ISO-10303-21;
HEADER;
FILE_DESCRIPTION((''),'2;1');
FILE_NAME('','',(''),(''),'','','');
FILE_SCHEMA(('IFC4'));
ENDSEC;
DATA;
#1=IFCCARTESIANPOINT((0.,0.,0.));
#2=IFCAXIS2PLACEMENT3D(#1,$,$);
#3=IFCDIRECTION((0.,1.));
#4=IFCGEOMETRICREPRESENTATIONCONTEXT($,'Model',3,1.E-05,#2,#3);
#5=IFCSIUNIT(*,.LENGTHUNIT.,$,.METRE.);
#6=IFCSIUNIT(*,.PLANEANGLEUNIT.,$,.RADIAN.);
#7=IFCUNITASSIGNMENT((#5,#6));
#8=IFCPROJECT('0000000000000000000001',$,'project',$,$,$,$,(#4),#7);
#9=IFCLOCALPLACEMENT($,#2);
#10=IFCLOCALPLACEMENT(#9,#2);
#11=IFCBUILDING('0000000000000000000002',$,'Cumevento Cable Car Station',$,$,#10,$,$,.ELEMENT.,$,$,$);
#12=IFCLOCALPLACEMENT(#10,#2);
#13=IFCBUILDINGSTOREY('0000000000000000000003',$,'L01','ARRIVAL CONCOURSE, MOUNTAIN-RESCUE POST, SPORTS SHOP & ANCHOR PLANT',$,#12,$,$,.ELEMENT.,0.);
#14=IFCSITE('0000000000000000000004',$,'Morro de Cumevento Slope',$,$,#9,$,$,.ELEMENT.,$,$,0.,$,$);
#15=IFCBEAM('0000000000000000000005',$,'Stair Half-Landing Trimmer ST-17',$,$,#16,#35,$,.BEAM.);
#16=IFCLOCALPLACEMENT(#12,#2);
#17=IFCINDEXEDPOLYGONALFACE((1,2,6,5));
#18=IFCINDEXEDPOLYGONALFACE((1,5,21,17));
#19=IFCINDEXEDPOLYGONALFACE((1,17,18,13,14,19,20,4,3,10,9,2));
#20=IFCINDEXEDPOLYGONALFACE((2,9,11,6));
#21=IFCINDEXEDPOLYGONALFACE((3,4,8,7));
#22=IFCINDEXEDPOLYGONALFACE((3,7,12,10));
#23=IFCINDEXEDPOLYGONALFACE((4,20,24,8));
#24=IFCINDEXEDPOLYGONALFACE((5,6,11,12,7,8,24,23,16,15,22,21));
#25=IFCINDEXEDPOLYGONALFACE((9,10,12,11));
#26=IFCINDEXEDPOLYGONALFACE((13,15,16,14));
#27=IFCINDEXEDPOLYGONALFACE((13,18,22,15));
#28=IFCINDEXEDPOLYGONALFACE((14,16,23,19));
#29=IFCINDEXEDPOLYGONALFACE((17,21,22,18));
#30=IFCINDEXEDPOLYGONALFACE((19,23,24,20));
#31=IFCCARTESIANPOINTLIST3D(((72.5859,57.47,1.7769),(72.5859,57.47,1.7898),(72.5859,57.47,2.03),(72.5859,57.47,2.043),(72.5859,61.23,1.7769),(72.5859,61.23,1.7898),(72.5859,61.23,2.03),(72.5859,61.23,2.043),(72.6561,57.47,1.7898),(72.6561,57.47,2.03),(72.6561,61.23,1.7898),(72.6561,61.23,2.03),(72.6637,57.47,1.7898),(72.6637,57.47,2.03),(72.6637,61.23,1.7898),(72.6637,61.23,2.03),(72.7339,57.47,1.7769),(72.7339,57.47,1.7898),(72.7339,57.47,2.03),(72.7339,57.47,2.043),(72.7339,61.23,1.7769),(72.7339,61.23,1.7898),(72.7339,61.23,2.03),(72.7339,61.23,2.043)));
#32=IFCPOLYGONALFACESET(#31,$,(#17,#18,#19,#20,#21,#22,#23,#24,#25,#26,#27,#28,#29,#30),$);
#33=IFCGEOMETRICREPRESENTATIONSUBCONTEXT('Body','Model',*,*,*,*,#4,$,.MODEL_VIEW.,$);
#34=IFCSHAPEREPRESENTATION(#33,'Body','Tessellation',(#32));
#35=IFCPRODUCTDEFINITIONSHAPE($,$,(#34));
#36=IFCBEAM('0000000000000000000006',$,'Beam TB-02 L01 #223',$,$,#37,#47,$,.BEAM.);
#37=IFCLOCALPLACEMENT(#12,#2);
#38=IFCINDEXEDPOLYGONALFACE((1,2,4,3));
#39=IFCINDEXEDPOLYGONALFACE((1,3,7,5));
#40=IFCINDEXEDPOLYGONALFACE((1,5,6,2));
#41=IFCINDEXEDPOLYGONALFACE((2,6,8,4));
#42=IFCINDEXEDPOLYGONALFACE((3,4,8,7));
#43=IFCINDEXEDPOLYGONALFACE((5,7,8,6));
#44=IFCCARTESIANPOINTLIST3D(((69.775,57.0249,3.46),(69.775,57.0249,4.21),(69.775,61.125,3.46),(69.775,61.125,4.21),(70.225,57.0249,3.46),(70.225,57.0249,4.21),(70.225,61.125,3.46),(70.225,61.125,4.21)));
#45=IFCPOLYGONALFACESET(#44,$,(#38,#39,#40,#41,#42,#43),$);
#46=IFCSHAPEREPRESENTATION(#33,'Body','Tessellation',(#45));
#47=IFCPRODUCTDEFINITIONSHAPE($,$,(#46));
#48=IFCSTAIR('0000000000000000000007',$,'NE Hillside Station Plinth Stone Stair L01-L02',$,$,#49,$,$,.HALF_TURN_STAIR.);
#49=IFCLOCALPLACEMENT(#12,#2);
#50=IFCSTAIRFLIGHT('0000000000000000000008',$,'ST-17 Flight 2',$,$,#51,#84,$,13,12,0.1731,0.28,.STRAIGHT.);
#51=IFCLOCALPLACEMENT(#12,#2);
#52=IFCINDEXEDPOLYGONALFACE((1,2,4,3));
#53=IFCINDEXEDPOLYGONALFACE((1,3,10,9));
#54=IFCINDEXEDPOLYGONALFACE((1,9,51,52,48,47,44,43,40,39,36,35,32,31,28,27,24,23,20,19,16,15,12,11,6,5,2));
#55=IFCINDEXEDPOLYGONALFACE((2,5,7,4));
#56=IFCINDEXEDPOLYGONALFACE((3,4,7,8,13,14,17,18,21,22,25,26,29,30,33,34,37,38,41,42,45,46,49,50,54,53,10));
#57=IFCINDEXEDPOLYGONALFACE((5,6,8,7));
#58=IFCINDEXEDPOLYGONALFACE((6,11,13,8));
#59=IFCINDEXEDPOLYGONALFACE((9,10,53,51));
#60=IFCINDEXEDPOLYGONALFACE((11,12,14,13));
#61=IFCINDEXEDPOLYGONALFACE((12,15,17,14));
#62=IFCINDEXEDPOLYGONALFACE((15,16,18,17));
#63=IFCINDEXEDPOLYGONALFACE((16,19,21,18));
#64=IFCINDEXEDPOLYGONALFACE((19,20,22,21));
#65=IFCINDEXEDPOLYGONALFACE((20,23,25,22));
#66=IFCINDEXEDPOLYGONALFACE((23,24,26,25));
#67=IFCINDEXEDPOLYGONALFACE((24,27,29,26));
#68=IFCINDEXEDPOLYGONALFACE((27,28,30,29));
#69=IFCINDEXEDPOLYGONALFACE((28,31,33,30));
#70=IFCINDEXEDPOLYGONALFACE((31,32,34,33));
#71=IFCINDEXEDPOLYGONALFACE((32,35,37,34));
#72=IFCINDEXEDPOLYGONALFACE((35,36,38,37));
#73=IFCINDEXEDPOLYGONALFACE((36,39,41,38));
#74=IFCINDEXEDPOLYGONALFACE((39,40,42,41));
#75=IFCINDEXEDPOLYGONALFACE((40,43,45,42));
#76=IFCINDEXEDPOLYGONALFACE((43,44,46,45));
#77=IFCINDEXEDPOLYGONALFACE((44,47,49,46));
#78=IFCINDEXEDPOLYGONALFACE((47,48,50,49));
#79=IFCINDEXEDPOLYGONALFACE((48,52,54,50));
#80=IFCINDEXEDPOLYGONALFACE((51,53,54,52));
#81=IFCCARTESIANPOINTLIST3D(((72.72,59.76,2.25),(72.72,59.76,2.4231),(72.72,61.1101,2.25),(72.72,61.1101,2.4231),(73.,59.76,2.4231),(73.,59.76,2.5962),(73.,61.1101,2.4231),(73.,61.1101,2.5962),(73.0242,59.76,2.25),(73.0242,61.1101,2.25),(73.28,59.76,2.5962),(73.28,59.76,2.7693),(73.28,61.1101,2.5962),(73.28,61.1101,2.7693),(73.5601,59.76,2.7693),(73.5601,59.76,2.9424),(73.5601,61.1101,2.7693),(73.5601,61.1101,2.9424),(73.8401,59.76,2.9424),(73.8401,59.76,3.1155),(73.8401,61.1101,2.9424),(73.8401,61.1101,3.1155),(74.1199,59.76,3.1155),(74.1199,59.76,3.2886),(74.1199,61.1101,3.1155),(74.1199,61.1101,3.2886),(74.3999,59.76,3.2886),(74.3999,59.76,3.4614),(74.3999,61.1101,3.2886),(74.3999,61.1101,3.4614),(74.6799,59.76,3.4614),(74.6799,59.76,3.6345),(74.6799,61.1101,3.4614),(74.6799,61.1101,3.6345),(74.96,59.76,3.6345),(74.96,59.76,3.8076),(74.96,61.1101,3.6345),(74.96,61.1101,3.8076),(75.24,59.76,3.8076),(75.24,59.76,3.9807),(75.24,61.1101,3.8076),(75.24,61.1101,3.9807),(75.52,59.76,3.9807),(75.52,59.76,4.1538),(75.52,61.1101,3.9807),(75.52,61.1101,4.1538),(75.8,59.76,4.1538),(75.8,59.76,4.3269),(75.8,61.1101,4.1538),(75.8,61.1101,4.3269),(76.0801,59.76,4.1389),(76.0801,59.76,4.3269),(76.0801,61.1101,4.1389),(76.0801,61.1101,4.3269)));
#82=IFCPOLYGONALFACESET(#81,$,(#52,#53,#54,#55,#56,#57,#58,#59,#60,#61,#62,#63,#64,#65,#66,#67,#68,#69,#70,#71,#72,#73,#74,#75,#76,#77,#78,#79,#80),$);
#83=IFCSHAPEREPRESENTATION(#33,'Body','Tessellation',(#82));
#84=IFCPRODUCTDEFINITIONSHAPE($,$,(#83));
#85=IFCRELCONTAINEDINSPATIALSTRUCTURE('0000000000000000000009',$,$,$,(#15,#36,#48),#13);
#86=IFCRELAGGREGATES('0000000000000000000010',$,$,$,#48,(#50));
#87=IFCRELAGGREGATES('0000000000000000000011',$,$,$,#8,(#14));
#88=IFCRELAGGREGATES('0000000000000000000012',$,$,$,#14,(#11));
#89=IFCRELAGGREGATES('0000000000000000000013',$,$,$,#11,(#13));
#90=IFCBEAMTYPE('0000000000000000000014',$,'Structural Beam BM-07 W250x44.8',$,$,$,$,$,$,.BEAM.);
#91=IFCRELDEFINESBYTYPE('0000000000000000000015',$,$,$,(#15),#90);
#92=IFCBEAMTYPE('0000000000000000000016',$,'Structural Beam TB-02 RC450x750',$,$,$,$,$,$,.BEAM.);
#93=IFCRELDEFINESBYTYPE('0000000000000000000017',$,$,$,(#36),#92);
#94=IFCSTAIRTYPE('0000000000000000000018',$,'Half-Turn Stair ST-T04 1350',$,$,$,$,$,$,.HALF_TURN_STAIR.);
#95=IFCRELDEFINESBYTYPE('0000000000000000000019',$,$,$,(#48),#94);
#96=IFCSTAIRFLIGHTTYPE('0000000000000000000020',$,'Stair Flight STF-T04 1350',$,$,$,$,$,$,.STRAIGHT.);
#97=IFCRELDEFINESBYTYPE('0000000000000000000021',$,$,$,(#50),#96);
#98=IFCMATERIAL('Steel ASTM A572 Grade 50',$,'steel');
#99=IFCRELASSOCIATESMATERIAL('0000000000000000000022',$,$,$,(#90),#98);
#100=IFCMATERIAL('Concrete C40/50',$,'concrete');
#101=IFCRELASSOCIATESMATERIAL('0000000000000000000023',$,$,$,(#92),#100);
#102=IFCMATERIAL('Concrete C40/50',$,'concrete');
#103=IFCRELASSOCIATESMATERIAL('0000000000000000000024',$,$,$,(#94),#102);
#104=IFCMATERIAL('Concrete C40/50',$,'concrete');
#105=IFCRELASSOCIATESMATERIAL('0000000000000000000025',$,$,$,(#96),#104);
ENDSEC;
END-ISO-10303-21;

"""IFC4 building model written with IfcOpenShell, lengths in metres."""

from ifc_helpers import new_model, si_unit, direction, frame, origin, origin_2d, place, context, subcontext, project, spatial, polyline, rectangle, i_section, outline, extrude, material, material_profile, profile_set, type_object, element, aggregate, save


model = new_model("IFC4")

# Units and contexts
model_context = context("Model", 3, precision=1e-05, world=origin(), true_north=direction((0.0, 1.0)))
body_context = subcontext(model_context, "Body", "Model", "MODEL_VIEW")
ifc_project = project(units=[si_unit("LENGTHUNIT", "METRE"), si_unit("PLANEANGLEUNIT", "RADIAN")], contexts=[model_context])

# Site, building, storey
site_placement = place(None, origin())
site = spatial("IfcSite", under=ifc_project, at=site_placement, Name="Morro de Cumevento Slope", CompositionType="ELEMENT", RefElevation=0.0)
building_placement = place(site_placement, origin())
building = spatial("IfcBuilding", under=site, at=building_placement, Name="Cumevento Cable Car Station", CompositionType="ELEMENT")
storey_placement = place(building_placement, origin())
storey = spatial("IfcBuildingStorey", under=building, at=storey_placement, Name="L01", Description="ARRIVAL CONCOURSE, MOUNTAIN-RESCUE POST, SPORTS SHOP & ANCHOR PLANT", CompositionType="ELEMENT", Elevation=0.0)

# Beams
ifc_material_1 = material(Name="Steel ASTM A572 Grade 50", Category="steel")
ifc_material_profile_1 = material_profile(ifc_material_1, i_section(OverallWidth=0.1479, OverallDepth=0.2661, WebThickness=0.0076, FlangeThickness=0.0129, at=origin_2d()), Name="W250x44.8")
ifc_profile_set_1 = profile_set([ifc_material_profile_1], Name="Steel ASTM A572 Grade 50")
beam_type_1 = type_object("IfcBeamType", Name="Structural Beam BM-07 W250x44.8", PredefinedType="BEAM", material=ifc_profile_set_1)
beam_1_placement = place(storey_placement, frame((72.6599, 57.47, 1.9099), z_axis=(0.0, 1.0, 0.0), x_axis=(-1.0, 0.0, 0.0)))
element("IfcBeam", 1, at=beam_1_placement, inside=storey, type_object=beam_type_1, Name="Stair Half-Landing Trimmer ST-17", PredefinedType="BEAM", context=body_context, shape_type="SweptSolid", body=[
    extrude(i_section(OverallWidth=0.1479, OverallDepth=0.2661, WebThickness=0.0076, FlangeThickness=0.0129, at=origin_2d()), origin(), (0.0, 0.0, 1.0), 3.76),
])
ifc_material_2 = material(Name="Concrete C40/50", Category="concrete")
ifc_material_profile_2 = material_profile(ifc_material_2, rectangle(XDim=0.45, YDim=0.75, at=origin_2d()), Name="RC450x750")
ifc_profile_set_2 = profile_set([ifc_material_profile_2], Name="Concrete C40/50")
beam_type_2 = type_object("IfcBeamType", Name="Structural Beam TB-02 RC450x750", PredefinedType="BEAM", material=ifc_profile_set_2)
beam_2_placement = place(storey_placement, frame((70.0, 57.0249, 3.835), z_axis=(0.0, 1.0, 0.0), x_axis=(-1.0, 0.0, 0.0)))
element("IfcBeam", 2, at=beam_2_placement, inside=storey, type_object=beam_type_2, Name="Beam TB-02 L01 #223", PredefinedType="BEAM", context=body_context, shape_type="SweptSolid", body=[
    extrude(rectangle(XDim=0.45, YDim=0.75, at=origin_2d()), origin(), (0.0, 0.0, 1.0), 4.1001),
])

# Stair, stair flight
ifc_material_3 = material(Name="Concrete C40/50", Category="concrete")
stair_type = type_object("IfcStairType", Name="Half-Turn Stair ST-T04 1350", PredefinedType="HALF_TURN_STAIR", material=ifc_material_3)
stair_placement = place(storey_placement, origin())
stair = element("IfcStair", 3, at=stair_placement, inside=storey, type_object=stair_type, Name="NE Hillside Station Plinth Stone Stair L01-L02", PredefinedType="HALF_TURN_STAIR")
ifc_material_4 = material(Name="Concrete C40/50", Category="concrete")
stair_flight_type = type_object("IfcStairFlightType", Name="Stair Flight STF-T04 1350", PredefinedType="STRAIGHT", material=ifc_material_4)
stair_flight_placement = place(storey_placement, frame((72.72, 60.4351, 2.25), z_axis=(0.0, 0.0, 1.0), x_axis=(1.0, 0.0, 0.0)))
stair_flight = element("IfcStairFlight", 4, at=stair_flight_placement, type_object=stair_flight_type, Name="ST-17 Flight 2", NumberOfRisers=13, NumberOfTreads=12, PredefinedType="STRAIGHT", RiserHeight=0.1731, TreadLength=0.28, context=body_context, shape_type="SweptSolid", body=[
    extrude(outline(polyline([(0.0, 0.0), (0.0, 0.1731), (0.28, 0.1731), (0.28, 0.3462), (0.5601, 0.3462), (0.5601, 0.5193), (0.8401, 0.5193), (0.8401, 0.6924), (1.1201, 0.6924), (1.1201, 0.8655), (1.3999, 0.8655), (1.3999, 1.0386), (1.6799, 1.0386), (1.6799, 1.2114), (1.96, 1.2114), (1.96, 1.3845), (2.24, 1.3845), (2.24, 1.5576), (2.52, 1.5576), (2.52, 1.7307), (2.8, 1.7307), (2.8, 1.9038), (3.0801, 1.9038), (3.0801, 2.0769), (3.3601, 2.0769), (3.3601, 2.25), (3.3601, 1.8889), (0.3042, 0.0), (0.0, 0.0)])), frame((0.0, 0.675, 0.0), z_axis=(0.0, -1.0, 0.0), x_axis=(1.0, 0.0, 0.0)), (0.0, 0.0, 1.0), 1.3501),
])
aggregate(stair, [stair_flight])

save(model, "model.ifc")
